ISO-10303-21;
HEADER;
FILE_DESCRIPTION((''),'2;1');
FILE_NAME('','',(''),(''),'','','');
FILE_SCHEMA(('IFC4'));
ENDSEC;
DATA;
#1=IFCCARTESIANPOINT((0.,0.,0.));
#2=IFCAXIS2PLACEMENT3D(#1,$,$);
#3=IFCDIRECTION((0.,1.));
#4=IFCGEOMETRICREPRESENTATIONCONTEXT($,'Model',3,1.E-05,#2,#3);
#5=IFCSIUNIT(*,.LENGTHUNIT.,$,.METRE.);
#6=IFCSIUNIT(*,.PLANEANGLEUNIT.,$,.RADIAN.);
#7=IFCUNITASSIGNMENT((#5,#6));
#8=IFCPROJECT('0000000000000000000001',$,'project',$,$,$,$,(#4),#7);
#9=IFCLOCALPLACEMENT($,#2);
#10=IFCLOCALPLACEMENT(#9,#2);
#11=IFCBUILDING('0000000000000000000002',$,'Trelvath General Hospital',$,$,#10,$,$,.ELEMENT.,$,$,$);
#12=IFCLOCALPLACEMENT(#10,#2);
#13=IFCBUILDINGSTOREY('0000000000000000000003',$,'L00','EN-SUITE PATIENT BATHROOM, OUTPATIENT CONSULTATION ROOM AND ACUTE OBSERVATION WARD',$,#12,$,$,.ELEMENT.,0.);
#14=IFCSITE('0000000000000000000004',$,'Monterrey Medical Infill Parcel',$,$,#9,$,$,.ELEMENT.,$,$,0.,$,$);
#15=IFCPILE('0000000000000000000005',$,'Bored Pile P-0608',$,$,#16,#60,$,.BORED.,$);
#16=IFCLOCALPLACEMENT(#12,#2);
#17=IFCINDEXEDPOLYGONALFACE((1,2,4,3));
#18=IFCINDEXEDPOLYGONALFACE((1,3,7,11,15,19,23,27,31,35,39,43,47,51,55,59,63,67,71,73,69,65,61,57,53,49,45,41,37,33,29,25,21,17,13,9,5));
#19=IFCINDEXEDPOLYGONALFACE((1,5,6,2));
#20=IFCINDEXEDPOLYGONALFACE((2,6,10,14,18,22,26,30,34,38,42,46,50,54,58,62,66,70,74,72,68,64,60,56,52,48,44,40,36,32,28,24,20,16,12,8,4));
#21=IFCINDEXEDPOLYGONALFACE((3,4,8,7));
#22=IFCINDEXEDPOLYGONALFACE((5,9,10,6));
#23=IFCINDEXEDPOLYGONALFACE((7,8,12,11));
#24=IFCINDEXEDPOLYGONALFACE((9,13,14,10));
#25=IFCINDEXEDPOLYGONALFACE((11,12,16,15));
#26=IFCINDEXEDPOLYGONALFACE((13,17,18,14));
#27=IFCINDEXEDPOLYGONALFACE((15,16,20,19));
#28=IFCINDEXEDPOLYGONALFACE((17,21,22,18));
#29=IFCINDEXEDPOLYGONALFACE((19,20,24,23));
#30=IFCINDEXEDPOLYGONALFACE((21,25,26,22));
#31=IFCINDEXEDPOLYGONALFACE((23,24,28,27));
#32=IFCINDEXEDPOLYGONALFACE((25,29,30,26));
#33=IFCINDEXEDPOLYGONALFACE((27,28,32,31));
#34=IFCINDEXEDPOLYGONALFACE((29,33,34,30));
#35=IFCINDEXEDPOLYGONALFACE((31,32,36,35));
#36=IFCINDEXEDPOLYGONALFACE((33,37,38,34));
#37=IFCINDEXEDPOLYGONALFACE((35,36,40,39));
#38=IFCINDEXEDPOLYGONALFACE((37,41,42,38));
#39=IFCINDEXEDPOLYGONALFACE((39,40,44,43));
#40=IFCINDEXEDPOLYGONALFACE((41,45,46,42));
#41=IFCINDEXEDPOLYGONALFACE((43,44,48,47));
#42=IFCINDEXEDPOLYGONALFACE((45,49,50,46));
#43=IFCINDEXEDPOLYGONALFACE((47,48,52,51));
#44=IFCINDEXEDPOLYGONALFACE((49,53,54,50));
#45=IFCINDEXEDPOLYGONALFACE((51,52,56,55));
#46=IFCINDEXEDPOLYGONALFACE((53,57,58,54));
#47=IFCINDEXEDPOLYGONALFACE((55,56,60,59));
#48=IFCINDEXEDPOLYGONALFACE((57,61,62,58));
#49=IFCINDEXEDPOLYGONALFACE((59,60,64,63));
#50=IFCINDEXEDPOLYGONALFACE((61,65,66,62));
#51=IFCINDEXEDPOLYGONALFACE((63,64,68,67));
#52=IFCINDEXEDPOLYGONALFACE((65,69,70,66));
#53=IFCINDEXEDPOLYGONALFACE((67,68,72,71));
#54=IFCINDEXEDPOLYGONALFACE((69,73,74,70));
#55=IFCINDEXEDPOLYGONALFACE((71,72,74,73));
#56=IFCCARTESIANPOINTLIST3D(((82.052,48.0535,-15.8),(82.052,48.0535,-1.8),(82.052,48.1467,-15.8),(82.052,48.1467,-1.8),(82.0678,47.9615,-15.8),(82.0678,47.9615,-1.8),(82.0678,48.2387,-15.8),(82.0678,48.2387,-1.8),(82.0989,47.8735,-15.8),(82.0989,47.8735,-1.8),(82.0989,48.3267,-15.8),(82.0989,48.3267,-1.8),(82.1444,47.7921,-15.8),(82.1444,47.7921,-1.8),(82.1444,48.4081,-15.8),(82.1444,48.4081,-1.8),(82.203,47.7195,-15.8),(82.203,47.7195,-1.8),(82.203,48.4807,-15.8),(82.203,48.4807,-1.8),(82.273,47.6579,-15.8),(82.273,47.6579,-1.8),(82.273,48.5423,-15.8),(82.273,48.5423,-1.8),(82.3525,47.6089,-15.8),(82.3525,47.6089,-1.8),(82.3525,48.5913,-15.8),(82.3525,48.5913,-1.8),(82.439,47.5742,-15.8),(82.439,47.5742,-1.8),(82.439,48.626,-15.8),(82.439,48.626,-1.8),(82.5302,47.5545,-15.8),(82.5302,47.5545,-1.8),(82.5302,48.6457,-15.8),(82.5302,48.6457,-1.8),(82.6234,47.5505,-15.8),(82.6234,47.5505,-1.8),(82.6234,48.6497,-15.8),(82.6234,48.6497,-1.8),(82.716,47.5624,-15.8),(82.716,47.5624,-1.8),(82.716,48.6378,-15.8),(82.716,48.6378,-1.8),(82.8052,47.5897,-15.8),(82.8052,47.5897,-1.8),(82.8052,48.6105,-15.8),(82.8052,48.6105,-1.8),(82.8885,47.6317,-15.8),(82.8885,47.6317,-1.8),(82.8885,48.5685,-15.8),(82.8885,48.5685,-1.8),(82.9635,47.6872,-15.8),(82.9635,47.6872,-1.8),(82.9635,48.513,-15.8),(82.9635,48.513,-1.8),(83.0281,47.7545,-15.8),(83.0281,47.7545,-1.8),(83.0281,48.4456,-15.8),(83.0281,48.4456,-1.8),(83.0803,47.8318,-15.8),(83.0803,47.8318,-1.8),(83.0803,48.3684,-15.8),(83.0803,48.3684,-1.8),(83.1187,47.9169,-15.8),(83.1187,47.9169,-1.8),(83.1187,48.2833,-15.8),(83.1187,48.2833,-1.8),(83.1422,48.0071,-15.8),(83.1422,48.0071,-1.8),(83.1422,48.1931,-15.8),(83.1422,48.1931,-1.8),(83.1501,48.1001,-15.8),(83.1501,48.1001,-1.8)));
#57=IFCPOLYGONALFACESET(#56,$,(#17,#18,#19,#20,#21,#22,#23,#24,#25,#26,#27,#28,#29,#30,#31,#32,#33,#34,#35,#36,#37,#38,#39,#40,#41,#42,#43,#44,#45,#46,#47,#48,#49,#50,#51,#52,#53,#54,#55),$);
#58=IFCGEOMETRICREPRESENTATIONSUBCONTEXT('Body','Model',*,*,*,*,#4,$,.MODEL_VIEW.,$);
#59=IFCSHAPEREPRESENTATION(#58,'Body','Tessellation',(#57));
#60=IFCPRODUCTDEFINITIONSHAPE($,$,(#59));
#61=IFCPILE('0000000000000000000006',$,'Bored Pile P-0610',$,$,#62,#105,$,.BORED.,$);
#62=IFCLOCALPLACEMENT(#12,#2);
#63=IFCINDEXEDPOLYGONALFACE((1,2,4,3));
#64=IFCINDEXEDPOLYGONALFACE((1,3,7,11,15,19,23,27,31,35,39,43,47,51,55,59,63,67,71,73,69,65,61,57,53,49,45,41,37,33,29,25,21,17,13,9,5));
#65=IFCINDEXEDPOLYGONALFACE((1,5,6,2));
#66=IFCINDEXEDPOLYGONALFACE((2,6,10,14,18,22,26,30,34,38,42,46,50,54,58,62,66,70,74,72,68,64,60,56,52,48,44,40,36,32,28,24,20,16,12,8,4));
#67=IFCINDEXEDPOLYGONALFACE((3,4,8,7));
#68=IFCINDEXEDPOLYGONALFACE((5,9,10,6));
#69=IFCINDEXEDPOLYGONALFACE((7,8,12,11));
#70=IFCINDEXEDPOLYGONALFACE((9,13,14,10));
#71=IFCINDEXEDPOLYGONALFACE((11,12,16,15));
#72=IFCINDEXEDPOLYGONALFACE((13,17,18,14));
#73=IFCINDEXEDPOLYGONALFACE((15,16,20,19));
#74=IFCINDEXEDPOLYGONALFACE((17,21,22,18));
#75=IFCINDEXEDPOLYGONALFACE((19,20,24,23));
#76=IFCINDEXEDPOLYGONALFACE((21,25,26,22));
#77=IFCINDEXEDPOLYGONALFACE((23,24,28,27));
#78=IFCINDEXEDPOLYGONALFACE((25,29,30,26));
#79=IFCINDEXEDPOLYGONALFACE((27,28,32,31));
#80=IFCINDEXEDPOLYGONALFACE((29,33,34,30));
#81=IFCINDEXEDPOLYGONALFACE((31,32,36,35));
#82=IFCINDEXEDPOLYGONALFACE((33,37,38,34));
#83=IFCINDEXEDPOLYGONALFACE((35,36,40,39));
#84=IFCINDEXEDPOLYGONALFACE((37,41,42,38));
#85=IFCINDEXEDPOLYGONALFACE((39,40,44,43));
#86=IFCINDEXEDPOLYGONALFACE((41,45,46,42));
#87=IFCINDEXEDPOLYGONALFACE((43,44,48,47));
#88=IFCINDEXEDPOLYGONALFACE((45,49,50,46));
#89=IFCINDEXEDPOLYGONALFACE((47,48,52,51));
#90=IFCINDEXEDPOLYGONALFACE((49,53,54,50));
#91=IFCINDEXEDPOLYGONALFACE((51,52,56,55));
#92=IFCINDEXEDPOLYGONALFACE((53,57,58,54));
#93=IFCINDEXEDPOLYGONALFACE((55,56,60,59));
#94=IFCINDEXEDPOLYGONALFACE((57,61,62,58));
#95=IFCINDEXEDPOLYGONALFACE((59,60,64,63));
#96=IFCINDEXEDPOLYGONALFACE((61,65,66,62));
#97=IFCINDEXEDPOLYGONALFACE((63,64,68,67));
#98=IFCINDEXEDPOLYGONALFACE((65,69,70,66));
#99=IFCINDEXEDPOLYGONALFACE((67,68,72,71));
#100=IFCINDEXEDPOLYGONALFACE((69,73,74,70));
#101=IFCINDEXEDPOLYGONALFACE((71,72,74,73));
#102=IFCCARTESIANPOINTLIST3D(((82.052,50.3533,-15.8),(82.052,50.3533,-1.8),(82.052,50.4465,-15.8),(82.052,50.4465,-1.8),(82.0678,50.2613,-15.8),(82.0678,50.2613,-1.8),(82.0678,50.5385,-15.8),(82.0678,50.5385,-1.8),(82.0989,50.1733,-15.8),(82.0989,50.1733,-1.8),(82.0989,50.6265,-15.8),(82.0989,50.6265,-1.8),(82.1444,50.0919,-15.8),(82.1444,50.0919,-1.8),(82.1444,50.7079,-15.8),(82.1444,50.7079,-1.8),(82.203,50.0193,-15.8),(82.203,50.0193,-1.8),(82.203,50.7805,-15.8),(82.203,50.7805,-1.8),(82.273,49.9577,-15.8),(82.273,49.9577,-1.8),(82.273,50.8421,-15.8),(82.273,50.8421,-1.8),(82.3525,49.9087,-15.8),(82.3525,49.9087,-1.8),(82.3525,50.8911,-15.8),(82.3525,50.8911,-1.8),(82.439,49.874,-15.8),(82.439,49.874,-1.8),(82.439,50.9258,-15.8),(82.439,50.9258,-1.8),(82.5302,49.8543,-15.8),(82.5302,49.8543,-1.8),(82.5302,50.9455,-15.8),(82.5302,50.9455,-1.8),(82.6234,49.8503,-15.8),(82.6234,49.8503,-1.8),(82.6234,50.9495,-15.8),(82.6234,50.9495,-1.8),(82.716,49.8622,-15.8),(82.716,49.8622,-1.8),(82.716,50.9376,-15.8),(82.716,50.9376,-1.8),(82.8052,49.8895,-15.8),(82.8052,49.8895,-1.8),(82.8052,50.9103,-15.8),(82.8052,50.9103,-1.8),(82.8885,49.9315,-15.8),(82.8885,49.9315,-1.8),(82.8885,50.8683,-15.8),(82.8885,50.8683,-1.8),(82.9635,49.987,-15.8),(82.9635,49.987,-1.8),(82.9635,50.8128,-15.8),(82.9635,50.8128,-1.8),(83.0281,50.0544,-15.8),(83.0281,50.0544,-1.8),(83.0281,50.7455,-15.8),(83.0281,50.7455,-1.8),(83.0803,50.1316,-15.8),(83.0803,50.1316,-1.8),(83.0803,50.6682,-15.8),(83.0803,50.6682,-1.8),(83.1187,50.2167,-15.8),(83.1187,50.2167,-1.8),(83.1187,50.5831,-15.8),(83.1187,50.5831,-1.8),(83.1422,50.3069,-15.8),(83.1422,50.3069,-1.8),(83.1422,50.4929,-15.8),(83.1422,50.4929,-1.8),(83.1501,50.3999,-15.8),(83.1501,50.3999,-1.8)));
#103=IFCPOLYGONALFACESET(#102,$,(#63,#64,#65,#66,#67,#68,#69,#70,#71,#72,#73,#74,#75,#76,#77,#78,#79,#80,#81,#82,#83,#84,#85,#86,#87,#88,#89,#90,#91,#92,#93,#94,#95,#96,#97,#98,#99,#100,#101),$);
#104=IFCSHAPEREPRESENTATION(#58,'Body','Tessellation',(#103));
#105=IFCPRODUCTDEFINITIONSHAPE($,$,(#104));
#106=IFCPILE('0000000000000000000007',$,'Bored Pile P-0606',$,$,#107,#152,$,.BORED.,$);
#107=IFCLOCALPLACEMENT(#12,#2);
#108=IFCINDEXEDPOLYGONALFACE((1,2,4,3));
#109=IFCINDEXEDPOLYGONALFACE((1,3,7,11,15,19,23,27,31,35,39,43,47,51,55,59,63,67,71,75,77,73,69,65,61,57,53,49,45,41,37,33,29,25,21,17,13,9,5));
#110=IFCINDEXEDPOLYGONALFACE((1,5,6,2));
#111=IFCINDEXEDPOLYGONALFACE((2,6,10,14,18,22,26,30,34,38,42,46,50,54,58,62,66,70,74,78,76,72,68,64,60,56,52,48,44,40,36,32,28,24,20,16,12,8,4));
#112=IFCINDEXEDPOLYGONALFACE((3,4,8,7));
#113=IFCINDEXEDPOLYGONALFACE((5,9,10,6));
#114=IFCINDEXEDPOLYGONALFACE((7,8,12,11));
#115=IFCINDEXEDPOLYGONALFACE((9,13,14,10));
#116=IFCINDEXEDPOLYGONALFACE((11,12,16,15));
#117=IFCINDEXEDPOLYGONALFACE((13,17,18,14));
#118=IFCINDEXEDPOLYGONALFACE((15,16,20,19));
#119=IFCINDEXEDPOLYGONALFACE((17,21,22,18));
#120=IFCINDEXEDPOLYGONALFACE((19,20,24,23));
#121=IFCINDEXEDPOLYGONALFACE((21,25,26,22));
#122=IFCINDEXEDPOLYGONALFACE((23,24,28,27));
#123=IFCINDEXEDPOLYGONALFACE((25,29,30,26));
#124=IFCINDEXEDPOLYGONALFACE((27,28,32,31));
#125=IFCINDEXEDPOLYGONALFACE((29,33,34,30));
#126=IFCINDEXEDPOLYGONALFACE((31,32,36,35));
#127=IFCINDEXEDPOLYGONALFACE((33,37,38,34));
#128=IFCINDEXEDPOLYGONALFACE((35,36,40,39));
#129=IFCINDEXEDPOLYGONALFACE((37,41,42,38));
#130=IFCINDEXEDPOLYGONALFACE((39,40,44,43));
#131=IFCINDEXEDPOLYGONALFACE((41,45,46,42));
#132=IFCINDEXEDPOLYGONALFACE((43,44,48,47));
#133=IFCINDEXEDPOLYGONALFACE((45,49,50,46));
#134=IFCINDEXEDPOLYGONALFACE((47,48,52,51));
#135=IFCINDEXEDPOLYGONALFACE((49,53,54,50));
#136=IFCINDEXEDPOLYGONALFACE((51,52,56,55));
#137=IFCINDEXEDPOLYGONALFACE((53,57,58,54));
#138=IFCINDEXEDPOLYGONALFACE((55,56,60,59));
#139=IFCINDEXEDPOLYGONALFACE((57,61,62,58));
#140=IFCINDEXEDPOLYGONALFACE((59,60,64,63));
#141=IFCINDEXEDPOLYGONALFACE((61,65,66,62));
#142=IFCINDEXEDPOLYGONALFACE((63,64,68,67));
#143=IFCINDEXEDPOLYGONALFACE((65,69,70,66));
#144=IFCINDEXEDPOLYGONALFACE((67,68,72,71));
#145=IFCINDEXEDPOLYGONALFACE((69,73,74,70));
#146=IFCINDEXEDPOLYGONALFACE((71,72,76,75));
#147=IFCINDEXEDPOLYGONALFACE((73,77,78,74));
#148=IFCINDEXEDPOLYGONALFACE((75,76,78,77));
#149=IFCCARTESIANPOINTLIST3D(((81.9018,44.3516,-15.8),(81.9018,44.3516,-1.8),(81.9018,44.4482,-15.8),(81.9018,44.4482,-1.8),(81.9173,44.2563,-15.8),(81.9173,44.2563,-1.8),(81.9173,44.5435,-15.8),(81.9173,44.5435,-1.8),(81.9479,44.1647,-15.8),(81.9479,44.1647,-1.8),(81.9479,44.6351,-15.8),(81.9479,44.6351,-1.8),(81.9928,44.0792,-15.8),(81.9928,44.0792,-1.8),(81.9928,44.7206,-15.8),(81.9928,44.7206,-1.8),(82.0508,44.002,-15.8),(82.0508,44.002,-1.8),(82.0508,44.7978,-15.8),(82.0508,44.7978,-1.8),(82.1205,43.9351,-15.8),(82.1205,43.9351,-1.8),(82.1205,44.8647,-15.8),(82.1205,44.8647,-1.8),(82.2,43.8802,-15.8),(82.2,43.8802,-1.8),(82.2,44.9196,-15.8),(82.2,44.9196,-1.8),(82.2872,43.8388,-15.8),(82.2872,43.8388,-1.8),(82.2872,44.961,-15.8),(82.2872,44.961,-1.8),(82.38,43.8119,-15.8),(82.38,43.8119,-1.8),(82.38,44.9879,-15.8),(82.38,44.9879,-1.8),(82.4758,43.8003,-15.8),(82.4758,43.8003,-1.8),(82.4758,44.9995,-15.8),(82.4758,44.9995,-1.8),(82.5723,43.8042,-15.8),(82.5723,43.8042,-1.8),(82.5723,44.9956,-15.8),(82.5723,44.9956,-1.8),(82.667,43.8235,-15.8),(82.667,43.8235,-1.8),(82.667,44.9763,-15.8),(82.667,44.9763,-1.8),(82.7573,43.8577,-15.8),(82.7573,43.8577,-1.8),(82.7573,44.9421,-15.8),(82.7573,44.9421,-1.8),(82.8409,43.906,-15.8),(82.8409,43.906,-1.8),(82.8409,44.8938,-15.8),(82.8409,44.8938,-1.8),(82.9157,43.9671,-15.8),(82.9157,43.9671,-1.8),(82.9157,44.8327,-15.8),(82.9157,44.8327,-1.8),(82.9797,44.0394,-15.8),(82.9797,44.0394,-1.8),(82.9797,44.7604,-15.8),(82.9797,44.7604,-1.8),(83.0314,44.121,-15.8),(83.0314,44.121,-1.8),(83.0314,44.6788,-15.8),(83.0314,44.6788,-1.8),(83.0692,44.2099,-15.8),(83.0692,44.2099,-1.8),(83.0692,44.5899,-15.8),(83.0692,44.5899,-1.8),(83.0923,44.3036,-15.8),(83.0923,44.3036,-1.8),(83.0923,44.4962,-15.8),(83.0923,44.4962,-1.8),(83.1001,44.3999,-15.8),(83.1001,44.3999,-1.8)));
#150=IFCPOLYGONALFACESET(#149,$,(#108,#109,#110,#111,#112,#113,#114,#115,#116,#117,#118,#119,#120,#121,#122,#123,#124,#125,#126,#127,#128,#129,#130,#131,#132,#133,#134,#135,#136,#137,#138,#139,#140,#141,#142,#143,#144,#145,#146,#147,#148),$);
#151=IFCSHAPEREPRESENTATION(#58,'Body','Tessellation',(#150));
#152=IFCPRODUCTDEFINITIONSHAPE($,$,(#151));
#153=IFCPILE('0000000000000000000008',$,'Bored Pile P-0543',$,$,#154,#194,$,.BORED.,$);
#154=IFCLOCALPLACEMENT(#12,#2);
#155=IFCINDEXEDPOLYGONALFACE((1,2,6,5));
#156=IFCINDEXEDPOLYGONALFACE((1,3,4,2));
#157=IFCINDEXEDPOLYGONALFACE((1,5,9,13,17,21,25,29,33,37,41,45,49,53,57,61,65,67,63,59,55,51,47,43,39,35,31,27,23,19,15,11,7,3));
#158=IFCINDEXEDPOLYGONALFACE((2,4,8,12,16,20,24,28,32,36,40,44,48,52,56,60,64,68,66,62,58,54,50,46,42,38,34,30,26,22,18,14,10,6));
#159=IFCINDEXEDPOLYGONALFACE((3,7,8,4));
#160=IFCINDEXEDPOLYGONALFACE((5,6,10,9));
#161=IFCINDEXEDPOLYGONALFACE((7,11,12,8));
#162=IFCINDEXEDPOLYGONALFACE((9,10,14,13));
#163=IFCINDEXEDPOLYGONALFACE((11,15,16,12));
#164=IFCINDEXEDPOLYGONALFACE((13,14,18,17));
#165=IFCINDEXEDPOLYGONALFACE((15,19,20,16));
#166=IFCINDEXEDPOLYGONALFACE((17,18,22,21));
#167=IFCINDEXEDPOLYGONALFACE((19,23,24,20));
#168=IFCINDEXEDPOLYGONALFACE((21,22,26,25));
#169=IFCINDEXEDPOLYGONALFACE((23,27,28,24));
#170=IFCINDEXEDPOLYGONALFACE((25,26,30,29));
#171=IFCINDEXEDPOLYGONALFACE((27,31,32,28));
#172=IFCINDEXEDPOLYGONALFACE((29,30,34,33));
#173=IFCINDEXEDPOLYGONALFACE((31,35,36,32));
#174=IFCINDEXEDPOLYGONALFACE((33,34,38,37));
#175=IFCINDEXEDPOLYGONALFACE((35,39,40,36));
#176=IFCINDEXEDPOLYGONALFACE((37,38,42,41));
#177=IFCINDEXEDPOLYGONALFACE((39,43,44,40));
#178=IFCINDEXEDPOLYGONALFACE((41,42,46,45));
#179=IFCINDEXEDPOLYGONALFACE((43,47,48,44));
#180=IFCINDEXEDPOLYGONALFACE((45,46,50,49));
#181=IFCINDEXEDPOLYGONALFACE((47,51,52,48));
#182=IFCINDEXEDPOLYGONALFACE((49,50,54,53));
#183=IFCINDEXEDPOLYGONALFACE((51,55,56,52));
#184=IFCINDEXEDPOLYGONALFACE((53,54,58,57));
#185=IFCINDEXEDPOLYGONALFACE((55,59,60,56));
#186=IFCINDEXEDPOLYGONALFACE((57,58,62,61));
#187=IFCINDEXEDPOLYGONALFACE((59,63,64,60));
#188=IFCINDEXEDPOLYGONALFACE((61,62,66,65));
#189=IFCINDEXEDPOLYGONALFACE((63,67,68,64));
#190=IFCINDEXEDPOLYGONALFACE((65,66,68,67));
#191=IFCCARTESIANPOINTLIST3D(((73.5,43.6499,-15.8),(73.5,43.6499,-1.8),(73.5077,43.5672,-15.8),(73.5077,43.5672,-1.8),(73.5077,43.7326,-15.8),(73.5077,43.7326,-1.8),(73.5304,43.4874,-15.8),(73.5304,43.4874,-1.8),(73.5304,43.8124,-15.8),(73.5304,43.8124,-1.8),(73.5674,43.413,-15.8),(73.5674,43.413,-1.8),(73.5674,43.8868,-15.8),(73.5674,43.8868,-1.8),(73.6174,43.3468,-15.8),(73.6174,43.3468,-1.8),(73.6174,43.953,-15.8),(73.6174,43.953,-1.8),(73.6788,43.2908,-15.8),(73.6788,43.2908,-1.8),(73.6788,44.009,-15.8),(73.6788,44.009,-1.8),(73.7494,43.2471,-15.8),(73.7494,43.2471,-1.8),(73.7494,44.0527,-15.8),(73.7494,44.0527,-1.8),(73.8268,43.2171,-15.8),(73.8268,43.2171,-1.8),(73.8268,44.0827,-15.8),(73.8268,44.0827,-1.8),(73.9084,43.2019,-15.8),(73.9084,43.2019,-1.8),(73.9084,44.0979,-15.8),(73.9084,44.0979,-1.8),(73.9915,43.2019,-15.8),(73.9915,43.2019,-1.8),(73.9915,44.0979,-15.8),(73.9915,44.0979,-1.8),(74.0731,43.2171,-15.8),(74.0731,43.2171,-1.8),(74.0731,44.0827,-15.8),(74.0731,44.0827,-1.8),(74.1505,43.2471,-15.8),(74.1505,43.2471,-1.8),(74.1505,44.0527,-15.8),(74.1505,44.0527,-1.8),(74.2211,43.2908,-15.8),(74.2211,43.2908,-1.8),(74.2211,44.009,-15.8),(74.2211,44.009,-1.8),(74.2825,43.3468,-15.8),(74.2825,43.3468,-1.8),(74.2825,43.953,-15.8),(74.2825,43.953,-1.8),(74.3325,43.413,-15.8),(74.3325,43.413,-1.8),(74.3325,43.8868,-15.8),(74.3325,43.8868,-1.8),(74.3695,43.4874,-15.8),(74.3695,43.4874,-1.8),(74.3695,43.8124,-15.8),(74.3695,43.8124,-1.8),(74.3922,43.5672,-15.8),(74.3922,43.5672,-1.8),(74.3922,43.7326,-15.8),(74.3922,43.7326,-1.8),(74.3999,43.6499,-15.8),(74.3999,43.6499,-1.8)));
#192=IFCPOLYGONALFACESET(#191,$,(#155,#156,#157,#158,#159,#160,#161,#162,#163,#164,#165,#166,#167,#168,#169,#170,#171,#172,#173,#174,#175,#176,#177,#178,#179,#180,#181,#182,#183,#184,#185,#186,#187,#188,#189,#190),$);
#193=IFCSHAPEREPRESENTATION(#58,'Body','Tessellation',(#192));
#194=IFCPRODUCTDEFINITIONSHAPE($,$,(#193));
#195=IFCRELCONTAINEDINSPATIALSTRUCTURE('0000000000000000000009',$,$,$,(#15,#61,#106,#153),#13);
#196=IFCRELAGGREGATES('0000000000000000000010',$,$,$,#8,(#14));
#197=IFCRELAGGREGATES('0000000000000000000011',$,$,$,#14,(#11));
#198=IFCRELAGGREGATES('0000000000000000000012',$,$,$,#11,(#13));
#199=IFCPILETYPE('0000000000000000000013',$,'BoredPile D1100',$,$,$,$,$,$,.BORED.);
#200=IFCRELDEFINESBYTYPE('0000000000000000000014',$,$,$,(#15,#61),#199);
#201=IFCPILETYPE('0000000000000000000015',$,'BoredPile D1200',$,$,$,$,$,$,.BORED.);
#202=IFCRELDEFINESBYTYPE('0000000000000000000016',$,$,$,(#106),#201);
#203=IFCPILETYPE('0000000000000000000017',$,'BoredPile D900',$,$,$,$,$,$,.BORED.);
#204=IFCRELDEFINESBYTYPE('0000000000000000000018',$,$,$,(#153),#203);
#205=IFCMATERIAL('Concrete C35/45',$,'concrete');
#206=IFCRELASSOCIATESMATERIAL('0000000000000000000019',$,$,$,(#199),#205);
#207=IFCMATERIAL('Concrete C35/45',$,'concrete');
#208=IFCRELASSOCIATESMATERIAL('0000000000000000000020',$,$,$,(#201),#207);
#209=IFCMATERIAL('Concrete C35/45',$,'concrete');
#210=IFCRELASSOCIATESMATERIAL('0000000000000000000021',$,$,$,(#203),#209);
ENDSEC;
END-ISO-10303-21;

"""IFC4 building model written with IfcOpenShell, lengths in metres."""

from ifc_helpers import new_model, si_unit, direction, frame, origin, origin_2d, place, context, subcontext, project, spatial, circle, extrude, material, material_profile, profile_set, type_object, element, save


model = new_model("IFC4")

# Units and contexts
model_context = context("Model", 3, precision=1e-05, world=origin(), true_north=direction((0.0, 1.0)))
body_context = subcontext(model_context, "Body", "Model", "MODEL_VIEW")
ifc_project = project(units=[si_unit("LENGTHUNIT", "METRE"), si_unit("PLANEANGLEUNIT", "RADIAN")], contexts=[model_context])

# Site, building, storey
site_placement = place(None, origin())
site = spatial("IfcSite", under=ifc_project, at=site_placement, Name="Monterrey Medical Infill Parcel", CompositionType="ELEMENT", RefElevation=0.0)
building_placement = place(site_placement, origin())
building = spatial("IfcBuilding", under=site, at=building_placement, Name="Trelvath General Hospital", CompositionType="ELEMENT")
storey_placement = place(building_placement, origin())
storey = spatial("IfcBuildingStorey", under=building, at=storey_placement, Name="L00", Description="EN-SUITE PATIENT BATHROOM, OUTPATIENT CONSULTATION ROOM AND ACUTE OBSERVATION WARD", CompositionType="ELEMENT", Elevation=0.0)

# Piles
ifc_material_1 = material(Name="Concrete C35/45", Category="concrete")
ifc_material_profile_1 = material_profile(ifc_material_1, circle(Radius=0.55, at=origin_2d()), Name="PILE1100")
ifc_profile_set_1 = profile_set([ifc_material_profile_1], Name="Concrete C35/45")
pile_type_1 = type_object("IfcPileType", Name="BoredPile D1100", PredefinedType="BORED", material=ifc_profile_set_1)
for number, where, z_axis, x_axis, name in (
    (1, (82.6001, 48.1001, -1.8), (0.0, 0.0, -1.0), (1.0, 0.0, 0.0), "Bored Pile P-0608"),
    (2, (82.6001, 50.3999, -1.8), (0.0, 0.0, -1.0), (1.0, 0.0, 0.0), "Bored Pile P-0610"),
):
    element("IfcPile", number, at=place(storey_placement, frame(where, z_axis=z_axis, x_axis=x_axis)), inside=storey, type_object=pile_type_1, Name=name, PredefinedType="BORED", context=body_context, shape_type="SweptSolid", body=[
        extrude(circle(Radius=0.55, at=origin_2d()), origin(), (0.0, 0.0, 1.0), 14.0),
    ])
ifc_material_2 = material(Name="Concrete C35/45", Category="concrete")
ifc_material_profile_2 = material_profile(ifc_material_2, circle(Radius=0.6001, at=origin_2d()), Name="PILE1200")
ifc_profile_set_2 = profile_set([ifc_material_profile_2], Name="Concrete C35/45")
pile_type_2 = type_object("IfcPileType", Name="BoredPile D1200", PredefinedType="BORED", material=ifc_profile_set_2)
pile_placement = place(storey_placement, frame((82.5, 44.3999, -1.8), z_axis=(0.0, 0.0, -1.0), x_axis=(1.0, 0.0, 0.0)))
element("IfcPile", 3, at=pile_placement, inside=storey, type_object=pile_type_2, Name="Bored Pile P-0606", PredefinedType="BORED", context=body_context, shape_type="SweptSolid", body=[
    extrude(circle(Radius=0.6001, at=origin_2d()), origin(), (0.0, 0.0, 1.0), 14.0),
])
ifc_material_3 = material(Name="Concrete C35/45", Category="concrete")
ifc_material_profile_3 = material_profile(ifc_material_3, circle(Radius=0.45, at=origin_2d()), Name="PILE900")
ifc_profile_set_3 = profile_set([ifc_material_profile_3], Name="Concrete C35/45")
pile_type_3 = type_object("IfcPileType", Name="BoredPile D900", PredefinedType="BORED", material=ifc_profile_set_3)
for number, where, z_axis, x_axis, name in (
    (4, (73.95, 43.6499, -1.8), (0.0, 0.0, -1.0), (1.0, 0.0, 0.0), "Bored Pile P-0543"),
):
    element("IfcPile", number, at=place(storey_placement, frame(where, z_axis=z_axis, x_axis=x_axis)), inside=storey, type_object=pile_type_3, Name=name, PredefinedType="BORED", context=body_context, shape_type="SweptSolid", body=[
        extrude(circle(Radius=0.45, at=origin_2d()), origin(), (0.0, 0.0, 1.0), 14.0),
    ])

save(model, "model.ifc")
